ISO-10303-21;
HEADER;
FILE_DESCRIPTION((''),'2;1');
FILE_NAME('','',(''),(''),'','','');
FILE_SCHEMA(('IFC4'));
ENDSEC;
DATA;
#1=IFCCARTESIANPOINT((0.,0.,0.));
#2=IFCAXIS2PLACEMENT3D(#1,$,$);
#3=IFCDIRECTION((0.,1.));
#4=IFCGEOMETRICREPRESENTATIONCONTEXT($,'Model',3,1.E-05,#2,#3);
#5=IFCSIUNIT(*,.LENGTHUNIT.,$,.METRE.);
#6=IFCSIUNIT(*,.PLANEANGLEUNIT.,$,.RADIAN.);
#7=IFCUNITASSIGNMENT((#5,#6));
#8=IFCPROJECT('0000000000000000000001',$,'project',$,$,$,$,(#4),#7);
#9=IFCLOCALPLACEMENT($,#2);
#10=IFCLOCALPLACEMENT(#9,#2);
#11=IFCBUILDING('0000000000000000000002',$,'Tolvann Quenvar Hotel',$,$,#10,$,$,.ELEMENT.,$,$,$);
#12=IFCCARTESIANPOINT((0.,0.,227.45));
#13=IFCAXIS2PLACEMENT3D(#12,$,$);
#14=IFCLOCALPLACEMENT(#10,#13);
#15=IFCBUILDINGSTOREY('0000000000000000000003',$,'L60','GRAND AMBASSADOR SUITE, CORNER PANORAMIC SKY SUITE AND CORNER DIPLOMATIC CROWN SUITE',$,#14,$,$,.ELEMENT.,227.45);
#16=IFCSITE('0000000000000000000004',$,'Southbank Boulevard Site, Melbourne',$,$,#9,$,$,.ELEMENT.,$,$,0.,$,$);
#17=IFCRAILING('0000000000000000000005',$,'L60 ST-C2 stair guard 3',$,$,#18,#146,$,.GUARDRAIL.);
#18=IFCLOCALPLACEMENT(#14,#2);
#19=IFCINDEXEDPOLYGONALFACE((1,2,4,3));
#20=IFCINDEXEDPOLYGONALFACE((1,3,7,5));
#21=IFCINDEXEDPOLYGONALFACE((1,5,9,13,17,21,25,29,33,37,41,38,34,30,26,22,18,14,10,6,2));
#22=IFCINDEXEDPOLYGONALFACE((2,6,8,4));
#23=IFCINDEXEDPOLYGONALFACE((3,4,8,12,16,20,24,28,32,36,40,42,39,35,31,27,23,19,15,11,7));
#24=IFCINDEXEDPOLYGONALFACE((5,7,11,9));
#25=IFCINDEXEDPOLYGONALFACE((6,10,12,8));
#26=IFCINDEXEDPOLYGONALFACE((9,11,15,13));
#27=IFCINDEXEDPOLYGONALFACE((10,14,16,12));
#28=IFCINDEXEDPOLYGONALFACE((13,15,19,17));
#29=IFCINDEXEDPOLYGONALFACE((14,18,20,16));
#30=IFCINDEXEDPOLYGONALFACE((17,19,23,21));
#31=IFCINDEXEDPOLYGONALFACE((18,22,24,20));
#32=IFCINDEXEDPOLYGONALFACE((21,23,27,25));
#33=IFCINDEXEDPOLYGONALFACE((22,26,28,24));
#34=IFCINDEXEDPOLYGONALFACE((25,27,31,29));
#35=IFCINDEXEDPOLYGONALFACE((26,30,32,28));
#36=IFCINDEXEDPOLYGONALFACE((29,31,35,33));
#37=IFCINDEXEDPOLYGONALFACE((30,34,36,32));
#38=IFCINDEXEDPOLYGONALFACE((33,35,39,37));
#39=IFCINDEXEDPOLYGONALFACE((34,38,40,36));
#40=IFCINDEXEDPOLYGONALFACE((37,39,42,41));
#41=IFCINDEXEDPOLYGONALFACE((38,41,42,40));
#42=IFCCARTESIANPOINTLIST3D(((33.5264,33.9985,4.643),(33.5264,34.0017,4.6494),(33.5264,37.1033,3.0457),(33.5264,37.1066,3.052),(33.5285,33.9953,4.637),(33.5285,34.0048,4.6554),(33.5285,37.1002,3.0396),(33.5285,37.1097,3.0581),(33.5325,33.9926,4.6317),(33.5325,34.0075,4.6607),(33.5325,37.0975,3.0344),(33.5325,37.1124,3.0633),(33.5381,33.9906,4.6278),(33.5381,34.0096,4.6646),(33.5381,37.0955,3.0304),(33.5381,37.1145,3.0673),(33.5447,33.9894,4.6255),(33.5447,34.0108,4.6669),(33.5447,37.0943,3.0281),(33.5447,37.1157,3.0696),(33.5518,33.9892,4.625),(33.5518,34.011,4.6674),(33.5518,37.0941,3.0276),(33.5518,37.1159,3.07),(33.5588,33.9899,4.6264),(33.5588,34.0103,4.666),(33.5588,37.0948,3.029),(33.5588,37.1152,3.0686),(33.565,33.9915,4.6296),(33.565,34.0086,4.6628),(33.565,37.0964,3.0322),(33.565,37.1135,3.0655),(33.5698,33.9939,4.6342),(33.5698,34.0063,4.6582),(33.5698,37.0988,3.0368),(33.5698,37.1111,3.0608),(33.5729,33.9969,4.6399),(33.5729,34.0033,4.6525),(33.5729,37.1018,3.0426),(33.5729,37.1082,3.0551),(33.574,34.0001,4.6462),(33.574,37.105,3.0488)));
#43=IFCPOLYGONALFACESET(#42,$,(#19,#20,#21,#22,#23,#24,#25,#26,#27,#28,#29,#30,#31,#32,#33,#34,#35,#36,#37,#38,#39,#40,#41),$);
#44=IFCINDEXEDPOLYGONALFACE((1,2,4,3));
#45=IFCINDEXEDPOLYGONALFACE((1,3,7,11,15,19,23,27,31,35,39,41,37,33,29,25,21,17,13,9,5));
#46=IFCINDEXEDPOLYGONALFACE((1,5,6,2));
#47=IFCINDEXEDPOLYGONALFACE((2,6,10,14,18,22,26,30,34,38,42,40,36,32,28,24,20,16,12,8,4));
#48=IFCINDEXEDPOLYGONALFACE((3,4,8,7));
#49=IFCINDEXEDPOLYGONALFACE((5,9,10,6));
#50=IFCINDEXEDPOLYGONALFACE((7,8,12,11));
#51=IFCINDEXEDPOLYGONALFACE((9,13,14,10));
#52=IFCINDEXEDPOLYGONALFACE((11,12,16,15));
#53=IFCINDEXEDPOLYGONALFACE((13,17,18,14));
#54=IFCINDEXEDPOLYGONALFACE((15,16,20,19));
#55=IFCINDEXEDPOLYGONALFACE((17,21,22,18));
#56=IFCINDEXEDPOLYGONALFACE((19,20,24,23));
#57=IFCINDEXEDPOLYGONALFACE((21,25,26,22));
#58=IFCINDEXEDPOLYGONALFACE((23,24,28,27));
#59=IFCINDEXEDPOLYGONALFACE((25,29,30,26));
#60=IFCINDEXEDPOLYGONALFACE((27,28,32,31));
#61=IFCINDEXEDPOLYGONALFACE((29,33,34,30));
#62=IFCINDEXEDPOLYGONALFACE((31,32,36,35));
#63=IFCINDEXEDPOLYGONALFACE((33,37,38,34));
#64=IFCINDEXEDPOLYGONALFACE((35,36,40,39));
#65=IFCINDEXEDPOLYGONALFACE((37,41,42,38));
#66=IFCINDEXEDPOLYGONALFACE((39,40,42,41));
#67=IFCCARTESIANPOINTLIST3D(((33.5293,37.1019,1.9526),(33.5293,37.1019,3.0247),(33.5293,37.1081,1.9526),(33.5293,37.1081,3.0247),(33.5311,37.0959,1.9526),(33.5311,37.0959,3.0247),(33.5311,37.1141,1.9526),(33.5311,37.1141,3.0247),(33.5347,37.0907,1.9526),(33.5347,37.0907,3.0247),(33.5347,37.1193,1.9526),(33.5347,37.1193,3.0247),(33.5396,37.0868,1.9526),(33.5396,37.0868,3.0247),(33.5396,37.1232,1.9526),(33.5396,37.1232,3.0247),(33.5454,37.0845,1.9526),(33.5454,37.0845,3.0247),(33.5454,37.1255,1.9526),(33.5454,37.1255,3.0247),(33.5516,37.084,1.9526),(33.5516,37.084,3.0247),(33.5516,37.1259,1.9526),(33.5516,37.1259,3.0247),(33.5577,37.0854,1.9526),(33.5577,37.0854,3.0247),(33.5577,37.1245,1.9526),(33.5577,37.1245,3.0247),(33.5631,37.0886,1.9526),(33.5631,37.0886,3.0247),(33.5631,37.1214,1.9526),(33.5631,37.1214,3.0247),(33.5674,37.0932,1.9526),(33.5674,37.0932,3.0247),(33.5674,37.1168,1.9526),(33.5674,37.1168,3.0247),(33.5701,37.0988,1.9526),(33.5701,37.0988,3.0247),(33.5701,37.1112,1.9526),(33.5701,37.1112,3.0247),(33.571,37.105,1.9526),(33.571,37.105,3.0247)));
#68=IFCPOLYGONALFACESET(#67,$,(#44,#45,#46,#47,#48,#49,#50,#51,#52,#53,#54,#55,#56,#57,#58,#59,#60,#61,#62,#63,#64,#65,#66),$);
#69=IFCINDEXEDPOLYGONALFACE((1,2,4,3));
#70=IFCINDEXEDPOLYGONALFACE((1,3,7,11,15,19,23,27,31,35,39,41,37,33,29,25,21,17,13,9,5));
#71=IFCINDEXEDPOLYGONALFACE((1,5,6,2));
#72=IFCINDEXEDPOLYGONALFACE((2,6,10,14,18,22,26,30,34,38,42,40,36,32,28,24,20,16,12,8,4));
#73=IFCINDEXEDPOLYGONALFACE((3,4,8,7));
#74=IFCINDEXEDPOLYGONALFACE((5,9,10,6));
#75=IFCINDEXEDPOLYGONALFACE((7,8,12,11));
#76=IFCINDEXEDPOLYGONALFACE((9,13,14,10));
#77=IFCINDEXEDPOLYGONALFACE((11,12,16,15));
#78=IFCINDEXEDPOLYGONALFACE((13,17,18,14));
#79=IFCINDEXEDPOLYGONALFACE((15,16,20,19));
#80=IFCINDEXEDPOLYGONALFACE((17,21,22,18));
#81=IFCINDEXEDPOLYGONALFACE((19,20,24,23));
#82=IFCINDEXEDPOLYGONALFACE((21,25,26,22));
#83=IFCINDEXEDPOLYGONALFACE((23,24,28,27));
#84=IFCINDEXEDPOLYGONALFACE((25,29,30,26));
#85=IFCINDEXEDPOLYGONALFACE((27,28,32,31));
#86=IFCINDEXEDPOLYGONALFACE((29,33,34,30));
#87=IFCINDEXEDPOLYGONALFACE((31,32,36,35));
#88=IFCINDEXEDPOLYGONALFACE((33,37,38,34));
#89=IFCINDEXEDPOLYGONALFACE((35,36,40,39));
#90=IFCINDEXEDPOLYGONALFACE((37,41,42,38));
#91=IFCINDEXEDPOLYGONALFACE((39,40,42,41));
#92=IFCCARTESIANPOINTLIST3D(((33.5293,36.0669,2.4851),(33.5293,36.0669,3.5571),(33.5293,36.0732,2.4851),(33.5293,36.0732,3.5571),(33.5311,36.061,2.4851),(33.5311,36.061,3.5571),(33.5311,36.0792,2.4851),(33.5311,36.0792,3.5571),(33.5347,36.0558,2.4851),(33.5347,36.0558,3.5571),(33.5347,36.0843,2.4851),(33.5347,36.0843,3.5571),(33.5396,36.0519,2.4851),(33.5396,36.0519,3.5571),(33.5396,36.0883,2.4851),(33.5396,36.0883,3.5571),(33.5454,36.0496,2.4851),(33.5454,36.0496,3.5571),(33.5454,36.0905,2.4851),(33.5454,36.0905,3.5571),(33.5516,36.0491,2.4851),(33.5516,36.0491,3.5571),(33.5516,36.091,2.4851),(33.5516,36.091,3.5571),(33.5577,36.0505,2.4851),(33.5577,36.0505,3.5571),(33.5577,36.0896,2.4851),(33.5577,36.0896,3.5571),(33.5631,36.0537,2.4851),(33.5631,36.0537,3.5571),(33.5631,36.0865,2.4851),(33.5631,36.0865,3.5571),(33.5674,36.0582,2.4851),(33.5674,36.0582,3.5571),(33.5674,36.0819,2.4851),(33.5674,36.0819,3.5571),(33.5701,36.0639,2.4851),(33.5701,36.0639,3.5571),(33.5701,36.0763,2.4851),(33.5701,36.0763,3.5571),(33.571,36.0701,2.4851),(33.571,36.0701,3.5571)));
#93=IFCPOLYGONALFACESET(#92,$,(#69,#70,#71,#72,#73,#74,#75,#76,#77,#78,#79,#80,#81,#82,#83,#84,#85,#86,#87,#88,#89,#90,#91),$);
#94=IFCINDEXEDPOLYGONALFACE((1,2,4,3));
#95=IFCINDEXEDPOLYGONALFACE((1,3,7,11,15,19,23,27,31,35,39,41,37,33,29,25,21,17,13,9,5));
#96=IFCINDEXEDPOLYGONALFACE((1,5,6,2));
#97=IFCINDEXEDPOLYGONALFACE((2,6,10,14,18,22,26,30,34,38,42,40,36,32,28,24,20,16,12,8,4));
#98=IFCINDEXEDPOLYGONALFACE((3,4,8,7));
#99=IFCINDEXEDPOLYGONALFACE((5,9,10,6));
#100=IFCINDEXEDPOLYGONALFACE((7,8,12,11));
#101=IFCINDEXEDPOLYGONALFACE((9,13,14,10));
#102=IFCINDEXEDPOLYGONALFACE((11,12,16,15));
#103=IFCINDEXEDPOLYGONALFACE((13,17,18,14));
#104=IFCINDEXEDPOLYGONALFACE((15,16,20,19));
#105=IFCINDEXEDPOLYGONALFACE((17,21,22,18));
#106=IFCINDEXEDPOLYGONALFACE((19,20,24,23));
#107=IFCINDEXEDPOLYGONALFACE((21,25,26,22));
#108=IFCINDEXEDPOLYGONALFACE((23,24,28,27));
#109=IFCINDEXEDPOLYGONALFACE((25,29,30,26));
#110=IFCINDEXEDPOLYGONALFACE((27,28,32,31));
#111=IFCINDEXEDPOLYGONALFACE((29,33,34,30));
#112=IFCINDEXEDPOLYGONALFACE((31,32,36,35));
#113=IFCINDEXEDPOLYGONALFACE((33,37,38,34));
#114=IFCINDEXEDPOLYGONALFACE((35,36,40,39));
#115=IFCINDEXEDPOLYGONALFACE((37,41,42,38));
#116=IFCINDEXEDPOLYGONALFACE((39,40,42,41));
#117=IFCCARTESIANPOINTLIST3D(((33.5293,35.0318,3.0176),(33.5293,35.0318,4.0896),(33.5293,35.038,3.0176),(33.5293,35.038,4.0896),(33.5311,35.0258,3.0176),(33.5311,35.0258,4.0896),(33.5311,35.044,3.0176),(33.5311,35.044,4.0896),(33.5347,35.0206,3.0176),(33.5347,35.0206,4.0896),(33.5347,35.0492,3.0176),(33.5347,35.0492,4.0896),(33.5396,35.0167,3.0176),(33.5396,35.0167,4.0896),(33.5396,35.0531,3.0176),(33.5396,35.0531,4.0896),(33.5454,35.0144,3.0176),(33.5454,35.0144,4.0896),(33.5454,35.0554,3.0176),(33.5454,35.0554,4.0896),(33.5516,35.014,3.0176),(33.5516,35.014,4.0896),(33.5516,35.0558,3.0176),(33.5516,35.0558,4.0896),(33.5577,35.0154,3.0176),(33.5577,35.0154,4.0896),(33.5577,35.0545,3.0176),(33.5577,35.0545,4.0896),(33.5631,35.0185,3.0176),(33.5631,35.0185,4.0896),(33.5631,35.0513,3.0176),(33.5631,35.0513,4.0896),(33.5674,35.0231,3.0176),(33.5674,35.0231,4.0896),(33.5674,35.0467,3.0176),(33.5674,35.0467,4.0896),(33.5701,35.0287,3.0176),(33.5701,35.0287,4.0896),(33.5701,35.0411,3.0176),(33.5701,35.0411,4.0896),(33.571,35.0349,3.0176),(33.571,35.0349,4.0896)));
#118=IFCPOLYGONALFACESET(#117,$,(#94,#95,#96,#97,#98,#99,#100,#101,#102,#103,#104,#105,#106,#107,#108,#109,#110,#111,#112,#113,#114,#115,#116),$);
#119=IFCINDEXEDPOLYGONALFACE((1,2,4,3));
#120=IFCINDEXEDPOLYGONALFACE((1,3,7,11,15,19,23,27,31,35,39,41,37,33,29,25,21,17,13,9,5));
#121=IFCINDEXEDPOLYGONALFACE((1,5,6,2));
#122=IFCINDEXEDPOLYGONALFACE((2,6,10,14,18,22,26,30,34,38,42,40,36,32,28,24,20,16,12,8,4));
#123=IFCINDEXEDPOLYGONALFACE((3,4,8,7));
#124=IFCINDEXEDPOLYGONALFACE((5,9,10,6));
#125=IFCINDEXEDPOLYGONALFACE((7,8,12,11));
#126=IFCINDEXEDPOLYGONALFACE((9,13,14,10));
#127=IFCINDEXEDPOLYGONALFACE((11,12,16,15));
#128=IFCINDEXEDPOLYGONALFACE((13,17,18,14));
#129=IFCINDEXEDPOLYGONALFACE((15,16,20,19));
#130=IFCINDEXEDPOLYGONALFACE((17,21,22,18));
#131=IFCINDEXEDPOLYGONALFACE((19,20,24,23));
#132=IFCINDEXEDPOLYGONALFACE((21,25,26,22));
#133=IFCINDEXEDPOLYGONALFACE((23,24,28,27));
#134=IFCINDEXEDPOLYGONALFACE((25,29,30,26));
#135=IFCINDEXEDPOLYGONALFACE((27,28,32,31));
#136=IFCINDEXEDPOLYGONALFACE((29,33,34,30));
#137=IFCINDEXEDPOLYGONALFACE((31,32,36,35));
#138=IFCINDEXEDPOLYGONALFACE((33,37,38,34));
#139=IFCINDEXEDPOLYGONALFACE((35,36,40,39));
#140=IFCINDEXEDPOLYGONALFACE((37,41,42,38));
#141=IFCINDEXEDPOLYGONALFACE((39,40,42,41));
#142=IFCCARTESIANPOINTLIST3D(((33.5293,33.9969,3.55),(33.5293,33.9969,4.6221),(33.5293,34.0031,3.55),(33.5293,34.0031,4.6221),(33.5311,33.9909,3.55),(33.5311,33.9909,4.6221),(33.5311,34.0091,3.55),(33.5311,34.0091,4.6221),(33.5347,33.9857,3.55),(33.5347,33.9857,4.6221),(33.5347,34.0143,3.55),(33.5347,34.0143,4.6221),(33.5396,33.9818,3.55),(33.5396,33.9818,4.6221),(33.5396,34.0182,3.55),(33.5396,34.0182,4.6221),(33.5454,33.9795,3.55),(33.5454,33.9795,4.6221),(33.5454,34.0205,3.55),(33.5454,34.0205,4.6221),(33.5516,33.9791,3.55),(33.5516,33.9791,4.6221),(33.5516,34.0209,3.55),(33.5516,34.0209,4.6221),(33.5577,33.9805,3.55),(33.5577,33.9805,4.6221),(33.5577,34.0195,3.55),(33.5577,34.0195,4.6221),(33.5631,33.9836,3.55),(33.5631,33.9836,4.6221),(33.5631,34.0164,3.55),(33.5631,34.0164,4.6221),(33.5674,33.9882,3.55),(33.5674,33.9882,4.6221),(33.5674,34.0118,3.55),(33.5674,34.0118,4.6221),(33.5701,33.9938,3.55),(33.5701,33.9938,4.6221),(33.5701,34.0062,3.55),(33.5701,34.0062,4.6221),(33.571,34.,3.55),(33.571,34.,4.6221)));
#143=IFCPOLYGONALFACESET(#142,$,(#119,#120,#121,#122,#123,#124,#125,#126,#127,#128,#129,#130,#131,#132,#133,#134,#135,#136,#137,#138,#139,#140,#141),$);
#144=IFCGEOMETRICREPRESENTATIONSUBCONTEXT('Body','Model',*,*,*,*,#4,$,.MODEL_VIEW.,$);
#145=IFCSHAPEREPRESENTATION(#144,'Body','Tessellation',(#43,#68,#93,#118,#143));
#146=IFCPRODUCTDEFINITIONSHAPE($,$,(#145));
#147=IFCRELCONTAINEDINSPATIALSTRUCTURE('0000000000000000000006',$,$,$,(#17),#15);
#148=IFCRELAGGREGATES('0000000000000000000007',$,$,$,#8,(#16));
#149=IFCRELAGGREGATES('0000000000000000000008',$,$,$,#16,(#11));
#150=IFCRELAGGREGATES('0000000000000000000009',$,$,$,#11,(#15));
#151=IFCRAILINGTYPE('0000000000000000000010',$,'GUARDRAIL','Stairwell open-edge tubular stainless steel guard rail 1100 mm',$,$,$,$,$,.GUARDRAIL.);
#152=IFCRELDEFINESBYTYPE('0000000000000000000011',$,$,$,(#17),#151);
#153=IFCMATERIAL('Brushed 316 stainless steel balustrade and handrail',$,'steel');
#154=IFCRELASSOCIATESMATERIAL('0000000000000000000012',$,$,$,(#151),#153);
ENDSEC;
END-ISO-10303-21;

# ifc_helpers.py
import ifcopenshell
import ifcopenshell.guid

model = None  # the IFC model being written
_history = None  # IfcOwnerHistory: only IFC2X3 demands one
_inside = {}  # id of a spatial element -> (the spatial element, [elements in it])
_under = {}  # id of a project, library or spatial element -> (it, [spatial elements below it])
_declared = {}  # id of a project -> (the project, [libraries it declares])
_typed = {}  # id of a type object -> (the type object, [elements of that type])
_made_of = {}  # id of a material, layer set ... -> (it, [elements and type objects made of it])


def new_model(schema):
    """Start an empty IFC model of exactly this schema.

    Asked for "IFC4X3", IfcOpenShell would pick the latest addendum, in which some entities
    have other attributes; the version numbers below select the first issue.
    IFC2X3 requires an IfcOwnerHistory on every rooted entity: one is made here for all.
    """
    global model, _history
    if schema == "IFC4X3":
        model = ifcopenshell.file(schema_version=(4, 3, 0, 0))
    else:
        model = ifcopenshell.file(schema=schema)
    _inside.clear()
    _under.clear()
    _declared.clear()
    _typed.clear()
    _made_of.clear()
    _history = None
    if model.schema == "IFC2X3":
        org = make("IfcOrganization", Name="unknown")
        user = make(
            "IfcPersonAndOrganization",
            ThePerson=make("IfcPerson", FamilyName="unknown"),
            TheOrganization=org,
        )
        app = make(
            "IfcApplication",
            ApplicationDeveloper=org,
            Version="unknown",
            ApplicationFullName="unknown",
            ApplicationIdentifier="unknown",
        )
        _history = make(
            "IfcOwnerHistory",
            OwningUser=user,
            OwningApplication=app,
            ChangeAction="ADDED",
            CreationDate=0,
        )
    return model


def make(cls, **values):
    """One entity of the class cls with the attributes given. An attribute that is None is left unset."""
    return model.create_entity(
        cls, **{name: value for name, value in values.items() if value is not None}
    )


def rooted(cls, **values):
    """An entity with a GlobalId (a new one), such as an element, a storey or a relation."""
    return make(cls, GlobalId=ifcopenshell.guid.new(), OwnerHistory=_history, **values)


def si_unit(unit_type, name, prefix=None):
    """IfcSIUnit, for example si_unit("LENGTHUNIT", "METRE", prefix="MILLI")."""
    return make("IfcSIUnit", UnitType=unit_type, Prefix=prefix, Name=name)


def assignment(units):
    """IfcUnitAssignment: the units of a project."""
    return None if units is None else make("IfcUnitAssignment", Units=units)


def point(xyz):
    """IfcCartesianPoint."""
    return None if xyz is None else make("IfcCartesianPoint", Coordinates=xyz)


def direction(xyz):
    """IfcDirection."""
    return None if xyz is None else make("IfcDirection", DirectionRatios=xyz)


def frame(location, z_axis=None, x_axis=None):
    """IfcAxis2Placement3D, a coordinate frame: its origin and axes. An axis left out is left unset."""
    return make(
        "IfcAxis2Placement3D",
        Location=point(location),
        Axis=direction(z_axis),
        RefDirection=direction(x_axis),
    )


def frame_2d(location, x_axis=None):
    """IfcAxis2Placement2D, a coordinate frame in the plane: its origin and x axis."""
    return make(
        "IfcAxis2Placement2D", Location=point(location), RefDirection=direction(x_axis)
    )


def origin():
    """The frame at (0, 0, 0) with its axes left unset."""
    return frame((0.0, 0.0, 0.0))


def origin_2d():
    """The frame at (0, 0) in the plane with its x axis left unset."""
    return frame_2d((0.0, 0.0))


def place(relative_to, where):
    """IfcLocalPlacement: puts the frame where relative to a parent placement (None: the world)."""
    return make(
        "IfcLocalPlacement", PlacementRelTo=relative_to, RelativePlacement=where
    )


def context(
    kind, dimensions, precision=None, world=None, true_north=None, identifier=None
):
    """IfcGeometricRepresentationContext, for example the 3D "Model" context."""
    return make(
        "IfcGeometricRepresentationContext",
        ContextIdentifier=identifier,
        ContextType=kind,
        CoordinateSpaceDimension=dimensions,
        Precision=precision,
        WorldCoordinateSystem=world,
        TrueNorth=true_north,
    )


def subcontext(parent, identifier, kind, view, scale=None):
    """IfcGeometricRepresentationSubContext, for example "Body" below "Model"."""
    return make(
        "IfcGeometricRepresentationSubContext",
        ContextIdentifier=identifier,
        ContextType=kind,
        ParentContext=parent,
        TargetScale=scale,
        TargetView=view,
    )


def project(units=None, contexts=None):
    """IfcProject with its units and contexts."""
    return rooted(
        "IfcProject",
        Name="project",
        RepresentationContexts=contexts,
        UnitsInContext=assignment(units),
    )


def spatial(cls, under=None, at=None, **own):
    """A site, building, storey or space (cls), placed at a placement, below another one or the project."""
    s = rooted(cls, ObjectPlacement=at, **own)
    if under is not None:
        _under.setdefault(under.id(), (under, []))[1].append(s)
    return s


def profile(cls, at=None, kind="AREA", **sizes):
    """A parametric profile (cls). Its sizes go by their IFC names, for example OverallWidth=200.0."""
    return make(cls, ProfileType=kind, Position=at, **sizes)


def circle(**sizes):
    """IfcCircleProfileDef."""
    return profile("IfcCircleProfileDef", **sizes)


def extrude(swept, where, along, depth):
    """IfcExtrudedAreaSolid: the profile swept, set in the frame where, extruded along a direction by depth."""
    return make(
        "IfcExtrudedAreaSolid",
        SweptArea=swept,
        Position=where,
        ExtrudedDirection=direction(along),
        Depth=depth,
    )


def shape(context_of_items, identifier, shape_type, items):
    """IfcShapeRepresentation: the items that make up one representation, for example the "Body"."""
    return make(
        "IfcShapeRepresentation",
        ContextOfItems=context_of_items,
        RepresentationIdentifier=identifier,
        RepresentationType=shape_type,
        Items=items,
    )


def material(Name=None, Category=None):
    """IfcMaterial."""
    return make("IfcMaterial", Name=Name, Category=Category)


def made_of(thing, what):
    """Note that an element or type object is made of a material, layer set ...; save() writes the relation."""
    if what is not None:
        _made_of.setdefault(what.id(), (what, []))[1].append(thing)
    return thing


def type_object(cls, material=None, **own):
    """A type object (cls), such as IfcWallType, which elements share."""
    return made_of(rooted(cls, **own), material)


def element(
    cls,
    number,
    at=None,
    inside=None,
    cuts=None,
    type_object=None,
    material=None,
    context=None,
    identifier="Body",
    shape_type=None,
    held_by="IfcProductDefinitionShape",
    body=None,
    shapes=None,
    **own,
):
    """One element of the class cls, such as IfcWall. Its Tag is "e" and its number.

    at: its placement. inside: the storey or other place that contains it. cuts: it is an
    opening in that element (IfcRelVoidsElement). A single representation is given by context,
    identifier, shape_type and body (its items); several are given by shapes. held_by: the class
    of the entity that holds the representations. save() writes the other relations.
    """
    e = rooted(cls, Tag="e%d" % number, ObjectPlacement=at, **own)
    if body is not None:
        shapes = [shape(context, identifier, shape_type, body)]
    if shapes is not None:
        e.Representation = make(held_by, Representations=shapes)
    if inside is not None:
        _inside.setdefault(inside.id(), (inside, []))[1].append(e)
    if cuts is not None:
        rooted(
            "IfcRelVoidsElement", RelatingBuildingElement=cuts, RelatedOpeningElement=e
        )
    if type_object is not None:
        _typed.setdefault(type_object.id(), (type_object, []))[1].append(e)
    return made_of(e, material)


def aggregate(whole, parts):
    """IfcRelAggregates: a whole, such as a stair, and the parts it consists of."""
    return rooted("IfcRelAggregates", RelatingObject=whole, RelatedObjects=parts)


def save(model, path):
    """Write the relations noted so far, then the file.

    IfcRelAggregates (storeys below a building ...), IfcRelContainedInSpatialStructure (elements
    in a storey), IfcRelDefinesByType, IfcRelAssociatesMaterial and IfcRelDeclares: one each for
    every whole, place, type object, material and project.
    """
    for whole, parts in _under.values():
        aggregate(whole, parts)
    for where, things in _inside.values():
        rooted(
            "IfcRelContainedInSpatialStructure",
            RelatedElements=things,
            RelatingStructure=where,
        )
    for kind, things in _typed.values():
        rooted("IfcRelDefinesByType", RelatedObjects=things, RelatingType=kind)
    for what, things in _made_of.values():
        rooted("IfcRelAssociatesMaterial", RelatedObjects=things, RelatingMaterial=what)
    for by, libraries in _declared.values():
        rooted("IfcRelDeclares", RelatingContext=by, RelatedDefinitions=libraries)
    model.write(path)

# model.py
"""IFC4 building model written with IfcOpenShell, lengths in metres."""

from ifc_helpers import new_model, si_unit, direction, frame, origin, origin_2d, place, context, subcontext, project, spatial, circle, extrude, material, type_object, element, save


model = new_model("IFC4")

# Units and contexts
model_context = context("Model", 3, precision=1e-05, world=origin(), true_north=direction((0.0, 1.0)))
body_context = subcontext(model_context, "Body", "Model", "MODEL_VIEW")
ifc_project = project(units=[si_unit("LENGTHUNIT", "METRE"), si_unit("PLANEANGLEUNIT", "RADIAN")], contexts=[model_context])

# Site, building, storey
site_placement = place(None, origin())
site = spatial("IfcSite", under=ifc_project, at=site_placement, Name="Southbank Boulevard Site, Melbourne", CompositionType="ELEMENT", RefElevation=0.0)
building_placement = place(site_placement, origin())
building = spatial("IfcBuilding", under=site, at=building_placement, Name="Tolvann Quenvar Hotel", CompositionType="ELEMENT")
storey_placement = place(building_placement, frame((0.0, 0.0, 227.45)))
storey = spatial("IfcBuildingStorey", under=building, at=storey_placement, Name="L60", Description="GRAND AMBASSADOR SUITE, CORNER PANORAMIC SKY SUITE AND CORNER DIPLOMATIC CROWN SUITE", CompositionType="ELEMENT", Elevation=227.45)

# Railing
ifc_material_1 = material(Name="Brushed 316 stainless steel balustrade and handrail", Category="steel")
railing_type_1 = type_object("IfcRailingType", Name="GUARDRAIL", Description="Stairwell open-edge tubular stainless steel guard rail 1100 mm", PredefinedType="GUARDRAIL", material=ifc_material_1)
railing_1_placement = place(storey_placement, frame((33.55, 37.105, 1.9526)))
element("IfcRailing", 1, at=railing_1_placement, inside=storey, type_object=railing_type_1, Name="L60 ST-C2 stair guard 3", PredefinedType="GUARDRAIL", context=body_context, shape_type="SweptSolid", body=[
    extrude(circle(Radius=0.0239, at=origin_2d()), frame((0.0, 0.0, 1.0962), z_axis=(0.0, -0.889222, 0.457476), x_axis=(1.0, 0.0, 0.0)), (0.0, 0.0, 1.0), 3.4917),
    extrude(circle(Radius=0.021, at=origin_2d()), origin(), (0.0, 0.0, 1.0), 1.072),
    extrude(circle(Radius=0.021, at=origin_2d()), frame((0.0, -1.0349, 0.5325)), (0.0, 0.0, 1.0), 1.072),
    extrude(circle(Radius=0.021, at=origin_2d()), frame((0.0, -2.0701, 1.0649)), (0.0, 0.0, 1.0), 1.072),
    extrude(circle(Radius=0.021, at=origin_2d()), frame((0.0, -3.105, 1.5974)), (0.0, 0.0, 1.0), 1.072),
])

save(model, "model.ifc")
